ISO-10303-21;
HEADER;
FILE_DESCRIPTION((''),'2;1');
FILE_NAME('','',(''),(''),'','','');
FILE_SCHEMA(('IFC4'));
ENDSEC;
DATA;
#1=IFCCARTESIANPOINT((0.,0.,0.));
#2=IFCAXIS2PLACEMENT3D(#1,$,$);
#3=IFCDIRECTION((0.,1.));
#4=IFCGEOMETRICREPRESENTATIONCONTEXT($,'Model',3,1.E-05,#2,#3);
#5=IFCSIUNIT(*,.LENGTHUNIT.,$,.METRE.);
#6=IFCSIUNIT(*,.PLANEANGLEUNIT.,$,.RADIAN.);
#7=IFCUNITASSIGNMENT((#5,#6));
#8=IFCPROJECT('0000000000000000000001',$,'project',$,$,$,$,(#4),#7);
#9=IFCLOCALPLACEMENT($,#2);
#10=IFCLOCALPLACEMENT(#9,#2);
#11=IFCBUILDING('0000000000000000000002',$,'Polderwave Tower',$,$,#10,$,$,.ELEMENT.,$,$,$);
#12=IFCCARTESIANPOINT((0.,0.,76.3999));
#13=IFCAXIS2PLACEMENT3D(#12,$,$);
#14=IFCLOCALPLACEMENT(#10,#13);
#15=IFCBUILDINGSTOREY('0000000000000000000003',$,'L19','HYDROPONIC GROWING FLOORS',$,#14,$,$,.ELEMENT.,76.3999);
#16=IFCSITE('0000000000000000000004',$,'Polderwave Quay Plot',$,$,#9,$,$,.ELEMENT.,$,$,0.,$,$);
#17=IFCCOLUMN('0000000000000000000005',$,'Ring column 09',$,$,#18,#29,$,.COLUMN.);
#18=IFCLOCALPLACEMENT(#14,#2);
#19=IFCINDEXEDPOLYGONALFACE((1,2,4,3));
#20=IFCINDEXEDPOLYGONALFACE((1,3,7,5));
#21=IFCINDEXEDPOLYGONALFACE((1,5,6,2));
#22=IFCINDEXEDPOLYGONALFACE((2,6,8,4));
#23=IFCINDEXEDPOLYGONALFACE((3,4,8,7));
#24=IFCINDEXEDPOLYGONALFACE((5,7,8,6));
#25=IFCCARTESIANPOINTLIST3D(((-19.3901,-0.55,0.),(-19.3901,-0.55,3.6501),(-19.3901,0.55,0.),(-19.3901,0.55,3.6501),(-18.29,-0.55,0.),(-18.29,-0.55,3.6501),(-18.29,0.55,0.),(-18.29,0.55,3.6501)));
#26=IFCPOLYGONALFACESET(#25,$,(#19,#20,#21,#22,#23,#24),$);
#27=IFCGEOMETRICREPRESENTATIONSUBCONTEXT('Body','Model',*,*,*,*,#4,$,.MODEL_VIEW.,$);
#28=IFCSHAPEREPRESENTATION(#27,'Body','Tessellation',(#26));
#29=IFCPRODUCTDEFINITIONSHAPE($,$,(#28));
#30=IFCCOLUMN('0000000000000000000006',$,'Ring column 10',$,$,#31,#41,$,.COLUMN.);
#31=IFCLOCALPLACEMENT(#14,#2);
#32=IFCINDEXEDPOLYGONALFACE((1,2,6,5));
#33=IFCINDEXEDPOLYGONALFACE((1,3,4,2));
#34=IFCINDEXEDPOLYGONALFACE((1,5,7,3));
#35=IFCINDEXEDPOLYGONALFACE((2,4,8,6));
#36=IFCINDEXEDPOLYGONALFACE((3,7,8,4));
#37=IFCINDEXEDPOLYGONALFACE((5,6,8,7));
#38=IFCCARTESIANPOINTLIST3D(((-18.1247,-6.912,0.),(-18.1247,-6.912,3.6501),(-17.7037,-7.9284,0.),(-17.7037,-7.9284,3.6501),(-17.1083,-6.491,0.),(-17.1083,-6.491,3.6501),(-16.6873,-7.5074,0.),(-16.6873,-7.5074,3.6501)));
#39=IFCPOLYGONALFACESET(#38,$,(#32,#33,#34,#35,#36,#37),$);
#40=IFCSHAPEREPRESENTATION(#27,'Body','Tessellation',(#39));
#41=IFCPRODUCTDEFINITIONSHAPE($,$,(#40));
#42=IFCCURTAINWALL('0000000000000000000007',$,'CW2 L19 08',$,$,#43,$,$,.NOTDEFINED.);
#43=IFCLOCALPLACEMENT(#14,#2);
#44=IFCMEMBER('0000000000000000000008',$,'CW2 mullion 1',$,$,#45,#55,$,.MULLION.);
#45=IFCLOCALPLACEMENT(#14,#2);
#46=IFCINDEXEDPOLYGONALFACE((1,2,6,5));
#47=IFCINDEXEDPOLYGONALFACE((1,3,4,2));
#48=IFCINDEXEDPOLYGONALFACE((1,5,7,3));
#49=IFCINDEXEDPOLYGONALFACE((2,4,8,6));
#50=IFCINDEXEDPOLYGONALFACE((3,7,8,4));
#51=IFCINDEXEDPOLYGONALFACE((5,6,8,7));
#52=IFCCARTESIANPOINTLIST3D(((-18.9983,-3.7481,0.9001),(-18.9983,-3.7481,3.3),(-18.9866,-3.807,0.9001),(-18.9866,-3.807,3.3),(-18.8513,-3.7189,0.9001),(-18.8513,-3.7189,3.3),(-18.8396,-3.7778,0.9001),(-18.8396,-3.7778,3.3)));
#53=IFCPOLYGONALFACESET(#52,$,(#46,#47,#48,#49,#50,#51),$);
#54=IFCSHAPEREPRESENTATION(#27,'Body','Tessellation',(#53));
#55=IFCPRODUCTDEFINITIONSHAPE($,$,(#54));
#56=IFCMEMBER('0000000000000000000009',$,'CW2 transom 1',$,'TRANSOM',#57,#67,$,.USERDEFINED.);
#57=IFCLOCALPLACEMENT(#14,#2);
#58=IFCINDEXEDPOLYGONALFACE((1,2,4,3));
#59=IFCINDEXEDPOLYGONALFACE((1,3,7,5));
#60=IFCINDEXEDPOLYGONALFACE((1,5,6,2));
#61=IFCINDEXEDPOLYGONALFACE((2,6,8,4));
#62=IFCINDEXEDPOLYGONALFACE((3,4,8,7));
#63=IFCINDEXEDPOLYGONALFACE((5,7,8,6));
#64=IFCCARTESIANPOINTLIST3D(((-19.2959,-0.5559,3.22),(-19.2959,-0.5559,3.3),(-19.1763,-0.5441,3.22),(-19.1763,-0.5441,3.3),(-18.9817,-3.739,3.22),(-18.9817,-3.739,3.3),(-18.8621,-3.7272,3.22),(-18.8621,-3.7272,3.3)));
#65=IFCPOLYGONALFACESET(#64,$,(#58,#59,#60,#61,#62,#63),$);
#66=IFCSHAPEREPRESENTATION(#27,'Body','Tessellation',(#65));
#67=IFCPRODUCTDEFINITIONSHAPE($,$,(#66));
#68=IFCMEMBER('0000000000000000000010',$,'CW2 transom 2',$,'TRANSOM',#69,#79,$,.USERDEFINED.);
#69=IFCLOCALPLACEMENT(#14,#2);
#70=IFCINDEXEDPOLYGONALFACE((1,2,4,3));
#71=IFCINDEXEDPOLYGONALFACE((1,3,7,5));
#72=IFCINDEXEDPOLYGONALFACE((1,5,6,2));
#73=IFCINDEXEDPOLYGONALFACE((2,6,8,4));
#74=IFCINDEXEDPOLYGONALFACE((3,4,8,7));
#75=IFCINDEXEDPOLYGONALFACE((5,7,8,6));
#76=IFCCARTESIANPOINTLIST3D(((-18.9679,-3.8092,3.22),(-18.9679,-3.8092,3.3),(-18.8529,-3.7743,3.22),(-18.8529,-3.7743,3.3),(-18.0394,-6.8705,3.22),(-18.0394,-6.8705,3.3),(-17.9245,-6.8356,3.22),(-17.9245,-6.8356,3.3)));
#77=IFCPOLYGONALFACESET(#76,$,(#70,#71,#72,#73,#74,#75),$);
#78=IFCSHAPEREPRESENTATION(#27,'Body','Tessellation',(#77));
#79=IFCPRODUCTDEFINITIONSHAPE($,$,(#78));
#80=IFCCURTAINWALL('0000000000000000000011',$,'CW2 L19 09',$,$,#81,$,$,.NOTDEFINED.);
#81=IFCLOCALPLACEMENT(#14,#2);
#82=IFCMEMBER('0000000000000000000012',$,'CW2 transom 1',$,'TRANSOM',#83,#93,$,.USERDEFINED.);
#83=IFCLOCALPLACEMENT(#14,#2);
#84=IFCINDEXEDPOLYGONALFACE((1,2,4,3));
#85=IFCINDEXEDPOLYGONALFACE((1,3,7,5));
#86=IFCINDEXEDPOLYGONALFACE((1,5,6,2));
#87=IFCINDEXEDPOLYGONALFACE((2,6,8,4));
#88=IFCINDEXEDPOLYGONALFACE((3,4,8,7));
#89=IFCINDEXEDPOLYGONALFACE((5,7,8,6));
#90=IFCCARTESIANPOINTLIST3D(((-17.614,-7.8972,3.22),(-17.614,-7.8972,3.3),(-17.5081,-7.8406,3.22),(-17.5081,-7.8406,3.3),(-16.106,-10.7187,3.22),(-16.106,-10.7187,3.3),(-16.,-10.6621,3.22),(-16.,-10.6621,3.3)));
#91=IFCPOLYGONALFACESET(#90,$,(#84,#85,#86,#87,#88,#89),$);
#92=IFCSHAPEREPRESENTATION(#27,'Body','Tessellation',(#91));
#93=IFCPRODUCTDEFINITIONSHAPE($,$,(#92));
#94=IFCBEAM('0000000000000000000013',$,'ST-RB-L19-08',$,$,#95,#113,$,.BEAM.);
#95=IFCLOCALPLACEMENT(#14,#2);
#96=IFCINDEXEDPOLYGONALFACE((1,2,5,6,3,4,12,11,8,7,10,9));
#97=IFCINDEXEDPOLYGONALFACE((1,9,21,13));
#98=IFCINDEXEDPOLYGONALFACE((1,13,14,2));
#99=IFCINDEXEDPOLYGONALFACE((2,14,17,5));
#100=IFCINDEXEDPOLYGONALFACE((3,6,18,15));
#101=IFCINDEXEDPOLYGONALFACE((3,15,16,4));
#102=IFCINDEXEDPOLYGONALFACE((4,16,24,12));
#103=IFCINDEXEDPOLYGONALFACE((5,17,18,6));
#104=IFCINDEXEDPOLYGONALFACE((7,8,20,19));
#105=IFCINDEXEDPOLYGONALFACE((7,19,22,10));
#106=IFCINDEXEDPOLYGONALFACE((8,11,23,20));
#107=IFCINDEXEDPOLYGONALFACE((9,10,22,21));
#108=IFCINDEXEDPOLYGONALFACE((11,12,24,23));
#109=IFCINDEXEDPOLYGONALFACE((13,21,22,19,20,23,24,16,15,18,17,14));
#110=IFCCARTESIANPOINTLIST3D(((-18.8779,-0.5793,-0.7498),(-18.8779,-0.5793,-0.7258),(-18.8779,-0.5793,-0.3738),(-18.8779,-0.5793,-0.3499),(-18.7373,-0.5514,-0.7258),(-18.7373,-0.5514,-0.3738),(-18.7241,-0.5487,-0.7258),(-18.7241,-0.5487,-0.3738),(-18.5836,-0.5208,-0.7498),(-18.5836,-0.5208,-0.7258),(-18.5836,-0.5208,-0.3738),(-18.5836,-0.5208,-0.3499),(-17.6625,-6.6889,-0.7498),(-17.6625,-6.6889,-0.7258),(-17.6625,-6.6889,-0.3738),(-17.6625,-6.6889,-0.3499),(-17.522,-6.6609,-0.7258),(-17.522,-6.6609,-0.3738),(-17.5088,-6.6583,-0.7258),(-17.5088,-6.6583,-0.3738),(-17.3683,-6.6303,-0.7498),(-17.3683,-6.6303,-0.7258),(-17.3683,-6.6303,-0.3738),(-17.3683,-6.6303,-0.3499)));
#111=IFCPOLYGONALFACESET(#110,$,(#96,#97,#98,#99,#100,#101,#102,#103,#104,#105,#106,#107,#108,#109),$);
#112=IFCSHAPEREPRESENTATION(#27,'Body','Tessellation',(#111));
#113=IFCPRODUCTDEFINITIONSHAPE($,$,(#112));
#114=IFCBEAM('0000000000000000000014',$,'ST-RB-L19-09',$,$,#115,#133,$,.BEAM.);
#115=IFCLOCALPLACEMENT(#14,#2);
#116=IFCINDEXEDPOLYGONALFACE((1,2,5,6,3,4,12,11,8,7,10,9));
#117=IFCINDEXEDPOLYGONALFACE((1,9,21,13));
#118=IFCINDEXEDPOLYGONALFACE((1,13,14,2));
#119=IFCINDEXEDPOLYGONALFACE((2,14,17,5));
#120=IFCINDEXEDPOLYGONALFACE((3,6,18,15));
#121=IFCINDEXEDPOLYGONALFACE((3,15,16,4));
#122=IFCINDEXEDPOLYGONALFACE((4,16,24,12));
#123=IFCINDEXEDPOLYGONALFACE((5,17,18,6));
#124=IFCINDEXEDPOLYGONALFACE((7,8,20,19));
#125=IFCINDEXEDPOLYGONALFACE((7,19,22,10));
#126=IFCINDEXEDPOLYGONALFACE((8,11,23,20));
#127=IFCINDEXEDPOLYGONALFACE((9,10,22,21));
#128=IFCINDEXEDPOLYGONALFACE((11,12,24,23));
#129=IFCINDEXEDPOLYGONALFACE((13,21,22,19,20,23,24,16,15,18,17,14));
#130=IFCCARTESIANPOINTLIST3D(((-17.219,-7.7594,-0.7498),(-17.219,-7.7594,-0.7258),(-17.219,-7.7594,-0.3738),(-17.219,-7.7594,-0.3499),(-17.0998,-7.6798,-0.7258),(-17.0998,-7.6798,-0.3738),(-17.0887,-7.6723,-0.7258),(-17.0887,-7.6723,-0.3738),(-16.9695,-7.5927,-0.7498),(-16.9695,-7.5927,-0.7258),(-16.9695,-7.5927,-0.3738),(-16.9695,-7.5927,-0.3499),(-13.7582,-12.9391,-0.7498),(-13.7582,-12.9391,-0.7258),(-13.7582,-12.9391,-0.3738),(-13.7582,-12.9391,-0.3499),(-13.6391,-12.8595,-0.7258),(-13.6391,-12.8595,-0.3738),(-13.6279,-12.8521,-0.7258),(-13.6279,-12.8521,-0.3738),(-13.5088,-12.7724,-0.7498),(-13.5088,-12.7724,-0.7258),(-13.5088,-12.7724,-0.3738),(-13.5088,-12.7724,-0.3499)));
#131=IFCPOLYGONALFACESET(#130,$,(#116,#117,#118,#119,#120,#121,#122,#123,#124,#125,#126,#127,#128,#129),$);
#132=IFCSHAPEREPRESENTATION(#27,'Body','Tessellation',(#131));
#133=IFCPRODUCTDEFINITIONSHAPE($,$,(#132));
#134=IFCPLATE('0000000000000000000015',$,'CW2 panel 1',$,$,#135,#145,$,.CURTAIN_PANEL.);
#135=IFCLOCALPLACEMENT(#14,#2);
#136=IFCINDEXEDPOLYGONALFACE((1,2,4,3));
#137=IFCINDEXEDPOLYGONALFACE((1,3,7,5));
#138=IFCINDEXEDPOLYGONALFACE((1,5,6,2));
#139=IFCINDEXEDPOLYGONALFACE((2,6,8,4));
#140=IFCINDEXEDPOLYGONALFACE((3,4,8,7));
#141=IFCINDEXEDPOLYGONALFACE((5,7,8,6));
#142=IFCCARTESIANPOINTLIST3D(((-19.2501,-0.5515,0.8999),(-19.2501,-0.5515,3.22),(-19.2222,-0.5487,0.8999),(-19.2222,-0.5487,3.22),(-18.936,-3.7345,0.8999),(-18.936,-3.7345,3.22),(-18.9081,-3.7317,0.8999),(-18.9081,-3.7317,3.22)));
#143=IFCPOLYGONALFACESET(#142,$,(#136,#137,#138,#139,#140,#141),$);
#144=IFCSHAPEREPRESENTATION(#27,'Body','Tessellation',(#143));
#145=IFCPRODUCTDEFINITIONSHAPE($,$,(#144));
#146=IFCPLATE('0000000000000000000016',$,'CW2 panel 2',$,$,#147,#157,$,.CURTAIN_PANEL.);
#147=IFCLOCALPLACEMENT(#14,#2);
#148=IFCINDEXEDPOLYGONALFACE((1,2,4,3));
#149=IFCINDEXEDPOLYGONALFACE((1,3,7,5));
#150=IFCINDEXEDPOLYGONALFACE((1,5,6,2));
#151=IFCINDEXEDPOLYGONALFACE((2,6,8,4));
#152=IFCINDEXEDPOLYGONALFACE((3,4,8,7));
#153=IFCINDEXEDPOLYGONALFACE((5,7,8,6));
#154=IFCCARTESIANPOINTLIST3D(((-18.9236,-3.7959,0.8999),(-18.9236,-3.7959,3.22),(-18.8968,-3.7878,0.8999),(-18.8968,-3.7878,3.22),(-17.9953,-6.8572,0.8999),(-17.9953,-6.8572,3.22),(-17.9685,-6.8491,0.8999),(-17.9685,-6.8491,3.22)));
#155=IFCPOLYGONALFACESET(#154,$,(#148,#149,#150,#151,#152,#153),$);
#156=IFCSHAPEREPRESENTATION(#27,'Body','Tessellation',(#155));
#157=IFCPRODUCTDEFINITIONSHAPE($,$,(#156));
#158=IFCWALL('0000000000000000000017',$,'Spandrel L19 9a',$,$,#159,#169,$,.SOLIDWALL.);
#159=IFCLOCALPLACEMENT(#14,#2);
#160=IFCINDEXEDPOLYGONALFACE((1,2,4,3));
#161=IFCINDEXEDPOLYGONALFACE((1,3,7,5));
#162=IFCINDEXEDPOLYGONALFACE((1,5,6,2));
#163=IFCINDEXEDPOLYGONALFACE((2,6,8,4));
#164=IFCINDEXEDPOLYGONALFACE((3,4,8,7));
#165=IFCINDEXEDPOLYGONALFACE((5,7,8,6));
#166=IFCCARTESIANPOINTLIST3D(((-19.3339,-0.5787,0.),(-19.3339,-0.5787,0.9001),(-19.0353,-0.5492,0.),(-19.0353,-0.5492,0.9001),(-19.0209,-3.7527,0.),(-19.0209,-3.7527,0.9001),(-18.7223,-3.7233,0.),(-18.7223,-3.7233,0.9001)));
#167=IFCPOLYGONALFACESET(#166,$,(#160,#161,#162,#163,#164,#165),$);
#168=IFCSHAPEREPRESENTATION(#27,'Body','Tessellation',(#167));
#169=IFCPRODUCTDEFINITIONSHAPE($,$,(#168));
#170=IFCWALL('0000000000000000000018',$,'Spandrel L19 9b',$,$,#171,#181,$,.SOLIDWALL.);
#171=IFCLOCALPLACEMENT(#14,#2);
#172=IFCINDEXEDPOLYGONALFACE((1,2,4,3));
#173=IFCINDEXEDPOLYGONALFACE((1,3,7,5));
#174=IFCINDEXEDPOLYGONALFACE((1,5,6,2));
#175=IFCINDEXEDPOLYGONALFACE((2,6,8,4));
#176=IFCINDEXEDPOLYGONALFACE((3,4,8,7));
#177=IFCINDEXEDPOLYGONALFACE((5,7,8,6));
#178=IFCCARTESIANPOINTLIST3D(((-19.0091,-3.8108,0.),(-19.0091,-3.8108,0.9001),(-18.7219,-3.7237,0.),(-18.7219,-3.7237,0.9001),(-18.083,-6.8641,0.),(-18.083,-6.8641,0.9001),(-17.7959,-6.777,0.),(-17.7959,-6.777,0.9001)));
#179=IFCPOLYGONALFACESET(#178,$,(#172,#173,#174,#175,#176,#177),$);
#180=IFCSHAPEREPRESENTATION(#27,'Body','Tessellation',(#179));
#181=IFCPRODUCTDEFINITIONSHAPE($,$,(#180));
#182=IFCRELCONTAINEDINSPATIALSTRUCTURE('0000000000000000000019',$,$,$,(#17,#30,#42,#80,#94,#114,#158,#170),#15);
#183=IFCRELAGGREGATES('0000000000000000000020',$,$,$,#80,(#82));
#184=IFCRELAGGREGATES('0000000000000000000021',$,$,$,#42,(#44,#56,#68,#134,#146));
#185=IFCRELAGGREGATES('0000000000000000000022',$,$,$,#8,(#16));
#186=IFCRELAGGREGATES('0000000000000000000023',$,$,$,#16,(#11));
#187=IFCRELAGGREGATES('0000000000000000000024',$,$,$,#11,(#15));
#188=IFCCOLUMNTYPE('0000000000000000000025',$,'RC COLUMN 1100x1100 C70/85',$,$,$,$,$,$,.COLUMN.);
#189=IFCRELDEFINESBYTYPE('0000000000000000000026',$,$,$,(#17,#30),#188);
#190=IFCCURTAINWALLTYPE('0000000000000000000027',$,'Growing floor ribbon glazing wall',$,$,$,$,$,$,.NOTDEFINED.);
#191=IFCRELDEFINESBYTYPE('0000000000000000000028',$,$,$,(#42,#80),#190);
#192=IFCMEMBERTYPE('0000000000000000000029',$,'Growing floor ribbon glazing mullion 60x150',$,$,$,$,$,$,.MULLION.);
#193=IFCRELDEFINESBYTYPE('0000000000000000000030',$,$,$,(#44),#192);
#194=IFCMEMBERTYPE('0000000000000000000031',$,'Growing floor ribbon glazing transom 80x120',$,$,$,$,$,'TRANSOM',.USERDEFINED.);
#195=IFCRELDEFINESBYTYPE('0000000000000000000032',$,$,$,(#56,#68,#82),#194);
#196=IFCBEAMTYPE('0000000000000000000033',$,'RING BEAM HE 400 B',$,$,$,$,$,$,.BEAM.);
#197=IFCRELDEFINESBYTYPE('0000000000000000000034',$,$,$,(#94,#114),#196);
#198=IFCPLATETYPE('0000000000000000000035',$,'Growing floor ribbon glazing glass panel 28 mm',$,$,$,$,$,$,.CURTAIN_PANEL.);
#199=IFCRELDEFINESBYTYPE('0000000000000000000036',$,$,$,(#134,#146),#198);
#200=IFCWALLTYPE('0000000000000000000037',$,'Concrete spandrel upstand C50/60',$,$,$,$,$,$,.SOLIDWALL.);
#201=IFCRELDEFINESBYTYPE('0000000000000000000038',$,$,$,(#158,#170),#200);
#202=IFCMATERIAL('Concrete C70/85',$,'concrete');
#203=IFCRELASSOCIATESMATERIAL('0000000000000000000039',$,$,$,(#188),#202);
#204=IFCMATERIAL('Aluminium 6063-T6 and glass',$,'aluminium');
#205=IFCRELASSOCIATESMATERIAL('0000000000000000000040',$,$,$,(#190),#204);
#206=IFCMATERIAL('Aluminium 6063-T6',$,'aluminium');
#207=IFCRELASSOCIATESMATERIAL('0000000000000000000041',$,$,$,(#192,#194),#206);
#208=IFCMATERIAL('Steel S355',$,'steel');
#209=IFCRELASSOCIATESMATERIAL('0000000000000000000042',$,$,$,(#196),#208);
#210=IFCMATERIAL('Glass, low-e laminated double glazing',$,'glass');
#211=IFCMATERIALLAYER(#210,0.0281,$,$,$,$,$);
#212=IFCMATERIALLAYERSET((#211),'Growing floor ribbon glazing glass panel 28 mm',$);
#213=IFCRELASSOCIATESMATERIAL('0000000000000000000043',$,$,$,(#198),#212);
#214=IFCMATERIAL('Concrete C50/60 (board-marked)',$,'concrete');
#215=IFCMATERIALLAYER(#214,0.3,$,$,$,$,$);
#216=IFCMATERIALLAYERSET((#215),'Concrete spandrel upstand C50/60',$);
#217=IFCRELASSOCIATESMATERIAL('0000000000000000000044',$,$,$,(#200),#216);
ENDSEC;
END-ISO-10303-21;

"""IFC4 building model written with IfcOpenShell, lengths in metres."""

from ifc_helpers import new_model, si_unit, direction, frame, frame_2d, origin, origin_2d, place, context, subcontext, project, spatial, rectangle, i_section, extrude, material, layer, layer_set, material_profile, profile_set, type_object, element, aggregate, save


model = new_model("IFC4")

# Units and contexts
model_context = context("Model", 3, precision=1e-05, world=origin(), true_north=direction((0.0, 1.0)))
body_context = subcontext(model_context, "Body", "Model", "MODEL_VIEW")
ifc_project = project(units=[si_unit("LENGTHUNIT", "METRE"), si_unit("PLANEANGLEUNIT", "RADIAN")], contexts=[model_context])

# Site, building, storey
site_placement = place(None, origin())
site = spatial("IfcSite", under=ifc_project, at=site_placement, Name="Polderwave Quay Plot", CompositionType="ELEMENT", RefElevation=0.0)
building_placement = place(site_placement, origin())
building = spatial("IfcBuilding", under=site, at=building_placement, Name="Polderwave Tower", CompositionType="ELEMENT")
storey_placement = place(building_placement, frame((0.0, 0.0, 76.3999)))
storey = spatial("IfcBuildingStorey", under=building, at=storey_placement, Name="L19", Description="HYDROPONIC GROWING FLOORS", CompositionType="ELEMENT", Elevation=76.3999)

# Columns
ifc_material_1 = material(Name="Concrete C70/85", Category="concrete")
ifc_material_profile_1 = material_profile(ifc_material_1, rectangle(XDim=1.1001, YDim=1.1001, at=origin_2d()), Name="RC 1100x1100")
ifc_profile_set_1 = profile_set([ifc_material_profile_1], Name="Concrete C70/85")
column_type = type_object("IfcColumnType", Name="RC COLUMN 1100x1100 C70/85", PredefinedType="COLUMN", material=ifc_profile_set_1)
for number, where, z_axis, x_axis, name in (
    (1, (-18.8401, 0.0, 0.0), (0.0, 0.0, 1.0), (-1.0, 0.0, 0.0), "Ring column 09"),
    (2, (-17.406, -7.2097, 0.0), (0.0, 0.0, 1.0), (-0.92388, -0.382683, 0.0), "Ring column 10"),
):
    element("IfcColumn", number, at=place(storey_placement, frame(where, z_axis=z_axis, x_axis=x_axis)), inside=storey, type_object=column_type, Name=name, PredefinedType="COLUMN", context=body_context, shape_type="SweptSolid", body=[
        extrude(rectangle(XDim=1.1001, YDim=1.1001, at=origin_2d()), origin(), (0.0, 0.0, 1.0), 3.6501),
    ])

# Curtain wall, members
ifc_material_2 = material(Name="Aluminium 6063-T6 and glass", Category="aluminium")
curtain_wall_type = type_object("IfcCurtainWallType", Name="Growing floor ribbon glazing wall", PredefinedType="NOTDEFINED", material=ifc_material_2)
curtain_wall_1_placement = place(storey_placement, origin())
curtain_wall_1 = element("IfcCurtainWall", 3, at=curtain_wall_1_placement, inside=storey, type_object=curtain_wall_type, Name="CW2 L19 08", PredefinedType="NOTDEFINED")
ifc_material_3 = material(Name="Aluminium 6063-T6", Category="aluminium")
ifc_material_profile_2 = material_profile(ifc_material_3, rectangle(XDim=0.1499, YDim=0.0601, at=origin_2d()), Name="AL 60x150")
ifc_profile_set_2 = profile_set([ifc_material_profile_2], Name="Aluminium 6063-T6")
member_type_1 = type_object("IfcMemberType", Name="Growing floor ribbon glazing mullion 60x150", PredefinedType="MULLION", material=ifc_profile_set_2)
member_1_placement = place(storey_placement, frame((-18.9189, -3.7629, 0.9001), z_axis=(0.0, 0.0, 1.0), x_axis=(0.980779, 0.195123, 0.0)))
member_1 = element("IfcMember", 4, at=member_1_placement, type_object=member_type_1, Name="CW2 mullion 1", PredefinedType="MULLION", context=body_context, shape_type="SweptSolid", body=[
    extrude(rectangle(XDim=0.1499, YDim=0.0601, at=origin_2d()), origin(), (0.0, 0.0, 1.0), 2.3999),
])
ifc_material_profile_3 = material_profile(ifc_material_3, rectangle(XDim=0.1201, YDim=0.0801, at=origin_2d()), Name="AL 80x120")
ifc_profile_set_3 = profile_set([ifc_material_profile_3], Name="Aluminium 6063-T6")
member_type_2 = type_object("IfcMemberType", Name="Growing floor ribbon glazing transom 80x120", ElementType="TRANSOM", PredefinedType="USERDEFINED", material=ifc_profile_set_3)
member_2_placement = place(storey_placement, frame((-19.2361, -0.55, 3.26), z_axis=(0.098234, -0.995163, 0.0), x_axis=(0.995163, 0.098234, 0.0)))
member_2 = element("IfcMember", 5, at=member_2_placement, type_object=member_type_2, Name="CW2 transom 1", ObjectType="TRANSOM", PredefinedType="USERDEFINED", context=body_context, shape_type="SweptSolid", body=[
    extrude(rectangle(XDim=0.1201, YDim=0.0801, at=origin_2d()), origin(), (0.0, 0.0, 1.0), 3.1985),
])
member_3_placement = place(storey_placement, frame((-18.9104, -3.7917, 3.26), z_axis=(0.290238, -0.956954, 0.0), x_axis=(0.956954, 0.290238, 0.0)))
member_3 = element("IfcMember", 6, at=member_3_placement, type_object=member_type_2, Name="CW2 transom 2", ObjectType="TRANSOM", PredefinedType="USERDEFINED", context=body_context, shape_type="SweptSolid", body=[
    extrude(rectangle(XDim=0.1201, YDim=0.0801, at=origin_2d()), origin(), (0.0, 0.0, 1.0), 3.199),
])

# Curtain wall, member
curtain_wall_2_placement = place(storey_placement, origin())
curtain_wall_2 = element("IfcCurtainWall", 7, at=curtain_wall_2_placement, inside=storey, type_object=curtain_wall_type, Name="CW2 L19 09", PredefinedType="NOTDEFINED")
member_4_placement = place(storey_placement, frame((-17.561, -7.8689, 3.26), z_axis=(0.471376, -0.881932, 0.0), x_axis=(0.881932, 0.471376, 0.0)))
member_4 = element("IfcMember", 8, at=member_4_placement, type_object=member_type_2, Name="CW2 transom 1", ObjectType="TRANSOM", PredefinedType="USERDEFINED", context=body_context, shape_type="SweptSolid", body=[
    extrude(rectangle(XDim=0.1201, YDim=0.0801, at=origin_2d()), origin(), (0.0, 0.0, 1.0), 3.1992),
])
aggregate(curtain_wall_2, [member_4])

# Beams
ifc_material_4 = material(Name="Steel S355", Category="steel")
ifc_material_profile_4 = material_profile(ifc_material_4, i_section(OverallWidth=0.3, OverallDepth=0.3999, WebThickness=0.0134, FlangeThickness=0.0239, at=origin_2d()), Name="HE 400 B")
ifc_profile_set_4 = profile_set([ifc_material_profile_4], Name="Steel S355")
beam_type = type_object("IfcBeamType", Name="RING BEAM HE 400 B", PredefinedType="BEAM", material=ifc_profile_set_4)
beam_1_placement = place(storey_placement, frame((-18.7307, -0.55, -0.5498), z_axis=(0.195099, -0.980784, 0.0), x_axis=(0.980784, 0.195099, 0.0)))
element("IfcBeam", 9, at=beam_1_placement, inside=storey, type_object=beam_type, Name="ST-RB-L19-08", PredefinedType="BEAM", context=body_context, shape_type="SweptSolid", body=[
    extrude(i_section(OverallWidth=0.3, OverallDepth=0.3999, WebThickness=0.0134, FlangeThickness=0.0239, at=origin_2d()), origin(), (0.0, 0.0, 1.0), 6.2292),
])
beam_2_placement = place(storey_placement, frame((-17.0942, -7.676, -0.5498), z_axis=(0.555541, -0.831489, 0.0), x_axis=(0.831489, 0.555541, 0.0)))
element("IfcBeam", 10, at=beam_2_placement, inside=storey, type_object=beam_type, Name="ST-RB-L19-09", PredefinedType="BEAM", context=body_context, shape_type="SweptSolid", body=[
    extrude(i_section(OverallWidth=0.3, OverallDepth=0.3999, WebThickness=0.0134, FlangeThickness=0.0239, at=origin_2d()), origin(), (0.0, 0.0, 1.0), 6.2295),
])

# Plates
ifc_material_5 = material(Name="Glass, low-e laminated double glazing", Category="glass")
ifc_layer_1 = layer(ifc_material_5, 0.0281)
ifc_layer_set_1 = layer_set([ifc_layer_1], Name="Growing floor ribbon glazing glass panel 28 mm")
plate_type = type_object("IfcPlateType", Name="Growing floor ribbon glazing glass panel 28 mm", PredefinedType="CURTAIN_PANEL", material=ifc_layer_set_1)
plate_1_placement = place(storey_placement, frame((-19.0791, -2.1416, 0.8999), z_axis=(0.0, 0.0, 1.0), x_axis=(0.098186, -0.995168, 0.0)))
plate_1 = element("IfcPlate", 11, at=plate_1_placement, type_object=plate_type, Name="CW2 panel 1", PredefinedType="CURTAIN_PANEL", context=body_context, shape_type="SweptSolid", body=[
    extrude(rectangle(XDim=3.1985, YDim=0.0281, at=origin_2d()), origin(), (0.0, 0.0, 1.0), 2.3201),
])
plate_2_placement = place(storey_placement, frame((-18.446, -5.3225, 0.8999), z_axis=(0.0, 0.0, 1.0), x_axis=(0.290188, -0.95697, 0.0)))
plate_2 = element("IfcPlate", 12, at=plate_2_placement, type_object=plate_type, Name="CW2 panel 2", PredefinedType="CURTAIN_PANEL", context=body_context, shape_type="SweptSolid", body=[
    extrude(rectangle(XDim=3.199, YDim=0.0281, at=origin_2d()), origin(), (0.0, 0.0, 1.0), 2.3201),
])
aggregate(curtain_wall_1, [member_1, member_2, member_3, plate_1, plate_2])

# Walls
ifc_material_6 = material(Name="Concrete C50/60 (board-marked)", Category="concrete")
ifc_layer_2 = layer(ifc_material_6, 0.3)
ifc_layer_set_2 = layer_set([ifc_layer_2], Name="Concrete spandrel upstand C50/60")
wall_type_1 = type_object("IfcWallType", Name="Concrete spandrel upstand C50/60", PredefinedType="SOLIDWALL", material=ifc_layer_set_2)
wall_1_placement = place(storey_placement, frame((-19.1846, -0.564, 0.0), z_axis=(0.0, 0.0, 1.0), x_axis=(0.098132, -0.995173, 0.0)))
element("IfcWall", 13, at=wall_1_placement, inside=storey, type_object=wall_type_1, Name="Spandrel L19 9a", PredefinedType="SOLIDWALL", context=body_context, shape_type="SweptSolid", body=[
    extrude(rectangle(XDim=3.1895, YDim=0.3, at=frame_2d((1.5947, 0.0))), origin(), (0.0, 0.0, 1.0), 0.9001),
])
wall_2_placement = place(storey_placement, frame((-18.8655, -3.7673, 0.0), z_axis=(0.0, 0.0, 1.0), x_axis=(0.290239, -0.956954, 0.0)))
element("IfcWall", 14, at=wall_2_placement, inside=storey, type_object=wall_type_1, Name="Spandrel L19 9b", PredefinedType="SOLIDWALL", context=body_context, shape_type="SweptSolid", body=[
    extrude(rectangle(XDim=3.1907, YDim=0.3, at=frame_2d((1.5952, 0.0))), origin(), (0.0, 0.0, 1.0), 0.9001),
])

save(model, "model.ifc")
